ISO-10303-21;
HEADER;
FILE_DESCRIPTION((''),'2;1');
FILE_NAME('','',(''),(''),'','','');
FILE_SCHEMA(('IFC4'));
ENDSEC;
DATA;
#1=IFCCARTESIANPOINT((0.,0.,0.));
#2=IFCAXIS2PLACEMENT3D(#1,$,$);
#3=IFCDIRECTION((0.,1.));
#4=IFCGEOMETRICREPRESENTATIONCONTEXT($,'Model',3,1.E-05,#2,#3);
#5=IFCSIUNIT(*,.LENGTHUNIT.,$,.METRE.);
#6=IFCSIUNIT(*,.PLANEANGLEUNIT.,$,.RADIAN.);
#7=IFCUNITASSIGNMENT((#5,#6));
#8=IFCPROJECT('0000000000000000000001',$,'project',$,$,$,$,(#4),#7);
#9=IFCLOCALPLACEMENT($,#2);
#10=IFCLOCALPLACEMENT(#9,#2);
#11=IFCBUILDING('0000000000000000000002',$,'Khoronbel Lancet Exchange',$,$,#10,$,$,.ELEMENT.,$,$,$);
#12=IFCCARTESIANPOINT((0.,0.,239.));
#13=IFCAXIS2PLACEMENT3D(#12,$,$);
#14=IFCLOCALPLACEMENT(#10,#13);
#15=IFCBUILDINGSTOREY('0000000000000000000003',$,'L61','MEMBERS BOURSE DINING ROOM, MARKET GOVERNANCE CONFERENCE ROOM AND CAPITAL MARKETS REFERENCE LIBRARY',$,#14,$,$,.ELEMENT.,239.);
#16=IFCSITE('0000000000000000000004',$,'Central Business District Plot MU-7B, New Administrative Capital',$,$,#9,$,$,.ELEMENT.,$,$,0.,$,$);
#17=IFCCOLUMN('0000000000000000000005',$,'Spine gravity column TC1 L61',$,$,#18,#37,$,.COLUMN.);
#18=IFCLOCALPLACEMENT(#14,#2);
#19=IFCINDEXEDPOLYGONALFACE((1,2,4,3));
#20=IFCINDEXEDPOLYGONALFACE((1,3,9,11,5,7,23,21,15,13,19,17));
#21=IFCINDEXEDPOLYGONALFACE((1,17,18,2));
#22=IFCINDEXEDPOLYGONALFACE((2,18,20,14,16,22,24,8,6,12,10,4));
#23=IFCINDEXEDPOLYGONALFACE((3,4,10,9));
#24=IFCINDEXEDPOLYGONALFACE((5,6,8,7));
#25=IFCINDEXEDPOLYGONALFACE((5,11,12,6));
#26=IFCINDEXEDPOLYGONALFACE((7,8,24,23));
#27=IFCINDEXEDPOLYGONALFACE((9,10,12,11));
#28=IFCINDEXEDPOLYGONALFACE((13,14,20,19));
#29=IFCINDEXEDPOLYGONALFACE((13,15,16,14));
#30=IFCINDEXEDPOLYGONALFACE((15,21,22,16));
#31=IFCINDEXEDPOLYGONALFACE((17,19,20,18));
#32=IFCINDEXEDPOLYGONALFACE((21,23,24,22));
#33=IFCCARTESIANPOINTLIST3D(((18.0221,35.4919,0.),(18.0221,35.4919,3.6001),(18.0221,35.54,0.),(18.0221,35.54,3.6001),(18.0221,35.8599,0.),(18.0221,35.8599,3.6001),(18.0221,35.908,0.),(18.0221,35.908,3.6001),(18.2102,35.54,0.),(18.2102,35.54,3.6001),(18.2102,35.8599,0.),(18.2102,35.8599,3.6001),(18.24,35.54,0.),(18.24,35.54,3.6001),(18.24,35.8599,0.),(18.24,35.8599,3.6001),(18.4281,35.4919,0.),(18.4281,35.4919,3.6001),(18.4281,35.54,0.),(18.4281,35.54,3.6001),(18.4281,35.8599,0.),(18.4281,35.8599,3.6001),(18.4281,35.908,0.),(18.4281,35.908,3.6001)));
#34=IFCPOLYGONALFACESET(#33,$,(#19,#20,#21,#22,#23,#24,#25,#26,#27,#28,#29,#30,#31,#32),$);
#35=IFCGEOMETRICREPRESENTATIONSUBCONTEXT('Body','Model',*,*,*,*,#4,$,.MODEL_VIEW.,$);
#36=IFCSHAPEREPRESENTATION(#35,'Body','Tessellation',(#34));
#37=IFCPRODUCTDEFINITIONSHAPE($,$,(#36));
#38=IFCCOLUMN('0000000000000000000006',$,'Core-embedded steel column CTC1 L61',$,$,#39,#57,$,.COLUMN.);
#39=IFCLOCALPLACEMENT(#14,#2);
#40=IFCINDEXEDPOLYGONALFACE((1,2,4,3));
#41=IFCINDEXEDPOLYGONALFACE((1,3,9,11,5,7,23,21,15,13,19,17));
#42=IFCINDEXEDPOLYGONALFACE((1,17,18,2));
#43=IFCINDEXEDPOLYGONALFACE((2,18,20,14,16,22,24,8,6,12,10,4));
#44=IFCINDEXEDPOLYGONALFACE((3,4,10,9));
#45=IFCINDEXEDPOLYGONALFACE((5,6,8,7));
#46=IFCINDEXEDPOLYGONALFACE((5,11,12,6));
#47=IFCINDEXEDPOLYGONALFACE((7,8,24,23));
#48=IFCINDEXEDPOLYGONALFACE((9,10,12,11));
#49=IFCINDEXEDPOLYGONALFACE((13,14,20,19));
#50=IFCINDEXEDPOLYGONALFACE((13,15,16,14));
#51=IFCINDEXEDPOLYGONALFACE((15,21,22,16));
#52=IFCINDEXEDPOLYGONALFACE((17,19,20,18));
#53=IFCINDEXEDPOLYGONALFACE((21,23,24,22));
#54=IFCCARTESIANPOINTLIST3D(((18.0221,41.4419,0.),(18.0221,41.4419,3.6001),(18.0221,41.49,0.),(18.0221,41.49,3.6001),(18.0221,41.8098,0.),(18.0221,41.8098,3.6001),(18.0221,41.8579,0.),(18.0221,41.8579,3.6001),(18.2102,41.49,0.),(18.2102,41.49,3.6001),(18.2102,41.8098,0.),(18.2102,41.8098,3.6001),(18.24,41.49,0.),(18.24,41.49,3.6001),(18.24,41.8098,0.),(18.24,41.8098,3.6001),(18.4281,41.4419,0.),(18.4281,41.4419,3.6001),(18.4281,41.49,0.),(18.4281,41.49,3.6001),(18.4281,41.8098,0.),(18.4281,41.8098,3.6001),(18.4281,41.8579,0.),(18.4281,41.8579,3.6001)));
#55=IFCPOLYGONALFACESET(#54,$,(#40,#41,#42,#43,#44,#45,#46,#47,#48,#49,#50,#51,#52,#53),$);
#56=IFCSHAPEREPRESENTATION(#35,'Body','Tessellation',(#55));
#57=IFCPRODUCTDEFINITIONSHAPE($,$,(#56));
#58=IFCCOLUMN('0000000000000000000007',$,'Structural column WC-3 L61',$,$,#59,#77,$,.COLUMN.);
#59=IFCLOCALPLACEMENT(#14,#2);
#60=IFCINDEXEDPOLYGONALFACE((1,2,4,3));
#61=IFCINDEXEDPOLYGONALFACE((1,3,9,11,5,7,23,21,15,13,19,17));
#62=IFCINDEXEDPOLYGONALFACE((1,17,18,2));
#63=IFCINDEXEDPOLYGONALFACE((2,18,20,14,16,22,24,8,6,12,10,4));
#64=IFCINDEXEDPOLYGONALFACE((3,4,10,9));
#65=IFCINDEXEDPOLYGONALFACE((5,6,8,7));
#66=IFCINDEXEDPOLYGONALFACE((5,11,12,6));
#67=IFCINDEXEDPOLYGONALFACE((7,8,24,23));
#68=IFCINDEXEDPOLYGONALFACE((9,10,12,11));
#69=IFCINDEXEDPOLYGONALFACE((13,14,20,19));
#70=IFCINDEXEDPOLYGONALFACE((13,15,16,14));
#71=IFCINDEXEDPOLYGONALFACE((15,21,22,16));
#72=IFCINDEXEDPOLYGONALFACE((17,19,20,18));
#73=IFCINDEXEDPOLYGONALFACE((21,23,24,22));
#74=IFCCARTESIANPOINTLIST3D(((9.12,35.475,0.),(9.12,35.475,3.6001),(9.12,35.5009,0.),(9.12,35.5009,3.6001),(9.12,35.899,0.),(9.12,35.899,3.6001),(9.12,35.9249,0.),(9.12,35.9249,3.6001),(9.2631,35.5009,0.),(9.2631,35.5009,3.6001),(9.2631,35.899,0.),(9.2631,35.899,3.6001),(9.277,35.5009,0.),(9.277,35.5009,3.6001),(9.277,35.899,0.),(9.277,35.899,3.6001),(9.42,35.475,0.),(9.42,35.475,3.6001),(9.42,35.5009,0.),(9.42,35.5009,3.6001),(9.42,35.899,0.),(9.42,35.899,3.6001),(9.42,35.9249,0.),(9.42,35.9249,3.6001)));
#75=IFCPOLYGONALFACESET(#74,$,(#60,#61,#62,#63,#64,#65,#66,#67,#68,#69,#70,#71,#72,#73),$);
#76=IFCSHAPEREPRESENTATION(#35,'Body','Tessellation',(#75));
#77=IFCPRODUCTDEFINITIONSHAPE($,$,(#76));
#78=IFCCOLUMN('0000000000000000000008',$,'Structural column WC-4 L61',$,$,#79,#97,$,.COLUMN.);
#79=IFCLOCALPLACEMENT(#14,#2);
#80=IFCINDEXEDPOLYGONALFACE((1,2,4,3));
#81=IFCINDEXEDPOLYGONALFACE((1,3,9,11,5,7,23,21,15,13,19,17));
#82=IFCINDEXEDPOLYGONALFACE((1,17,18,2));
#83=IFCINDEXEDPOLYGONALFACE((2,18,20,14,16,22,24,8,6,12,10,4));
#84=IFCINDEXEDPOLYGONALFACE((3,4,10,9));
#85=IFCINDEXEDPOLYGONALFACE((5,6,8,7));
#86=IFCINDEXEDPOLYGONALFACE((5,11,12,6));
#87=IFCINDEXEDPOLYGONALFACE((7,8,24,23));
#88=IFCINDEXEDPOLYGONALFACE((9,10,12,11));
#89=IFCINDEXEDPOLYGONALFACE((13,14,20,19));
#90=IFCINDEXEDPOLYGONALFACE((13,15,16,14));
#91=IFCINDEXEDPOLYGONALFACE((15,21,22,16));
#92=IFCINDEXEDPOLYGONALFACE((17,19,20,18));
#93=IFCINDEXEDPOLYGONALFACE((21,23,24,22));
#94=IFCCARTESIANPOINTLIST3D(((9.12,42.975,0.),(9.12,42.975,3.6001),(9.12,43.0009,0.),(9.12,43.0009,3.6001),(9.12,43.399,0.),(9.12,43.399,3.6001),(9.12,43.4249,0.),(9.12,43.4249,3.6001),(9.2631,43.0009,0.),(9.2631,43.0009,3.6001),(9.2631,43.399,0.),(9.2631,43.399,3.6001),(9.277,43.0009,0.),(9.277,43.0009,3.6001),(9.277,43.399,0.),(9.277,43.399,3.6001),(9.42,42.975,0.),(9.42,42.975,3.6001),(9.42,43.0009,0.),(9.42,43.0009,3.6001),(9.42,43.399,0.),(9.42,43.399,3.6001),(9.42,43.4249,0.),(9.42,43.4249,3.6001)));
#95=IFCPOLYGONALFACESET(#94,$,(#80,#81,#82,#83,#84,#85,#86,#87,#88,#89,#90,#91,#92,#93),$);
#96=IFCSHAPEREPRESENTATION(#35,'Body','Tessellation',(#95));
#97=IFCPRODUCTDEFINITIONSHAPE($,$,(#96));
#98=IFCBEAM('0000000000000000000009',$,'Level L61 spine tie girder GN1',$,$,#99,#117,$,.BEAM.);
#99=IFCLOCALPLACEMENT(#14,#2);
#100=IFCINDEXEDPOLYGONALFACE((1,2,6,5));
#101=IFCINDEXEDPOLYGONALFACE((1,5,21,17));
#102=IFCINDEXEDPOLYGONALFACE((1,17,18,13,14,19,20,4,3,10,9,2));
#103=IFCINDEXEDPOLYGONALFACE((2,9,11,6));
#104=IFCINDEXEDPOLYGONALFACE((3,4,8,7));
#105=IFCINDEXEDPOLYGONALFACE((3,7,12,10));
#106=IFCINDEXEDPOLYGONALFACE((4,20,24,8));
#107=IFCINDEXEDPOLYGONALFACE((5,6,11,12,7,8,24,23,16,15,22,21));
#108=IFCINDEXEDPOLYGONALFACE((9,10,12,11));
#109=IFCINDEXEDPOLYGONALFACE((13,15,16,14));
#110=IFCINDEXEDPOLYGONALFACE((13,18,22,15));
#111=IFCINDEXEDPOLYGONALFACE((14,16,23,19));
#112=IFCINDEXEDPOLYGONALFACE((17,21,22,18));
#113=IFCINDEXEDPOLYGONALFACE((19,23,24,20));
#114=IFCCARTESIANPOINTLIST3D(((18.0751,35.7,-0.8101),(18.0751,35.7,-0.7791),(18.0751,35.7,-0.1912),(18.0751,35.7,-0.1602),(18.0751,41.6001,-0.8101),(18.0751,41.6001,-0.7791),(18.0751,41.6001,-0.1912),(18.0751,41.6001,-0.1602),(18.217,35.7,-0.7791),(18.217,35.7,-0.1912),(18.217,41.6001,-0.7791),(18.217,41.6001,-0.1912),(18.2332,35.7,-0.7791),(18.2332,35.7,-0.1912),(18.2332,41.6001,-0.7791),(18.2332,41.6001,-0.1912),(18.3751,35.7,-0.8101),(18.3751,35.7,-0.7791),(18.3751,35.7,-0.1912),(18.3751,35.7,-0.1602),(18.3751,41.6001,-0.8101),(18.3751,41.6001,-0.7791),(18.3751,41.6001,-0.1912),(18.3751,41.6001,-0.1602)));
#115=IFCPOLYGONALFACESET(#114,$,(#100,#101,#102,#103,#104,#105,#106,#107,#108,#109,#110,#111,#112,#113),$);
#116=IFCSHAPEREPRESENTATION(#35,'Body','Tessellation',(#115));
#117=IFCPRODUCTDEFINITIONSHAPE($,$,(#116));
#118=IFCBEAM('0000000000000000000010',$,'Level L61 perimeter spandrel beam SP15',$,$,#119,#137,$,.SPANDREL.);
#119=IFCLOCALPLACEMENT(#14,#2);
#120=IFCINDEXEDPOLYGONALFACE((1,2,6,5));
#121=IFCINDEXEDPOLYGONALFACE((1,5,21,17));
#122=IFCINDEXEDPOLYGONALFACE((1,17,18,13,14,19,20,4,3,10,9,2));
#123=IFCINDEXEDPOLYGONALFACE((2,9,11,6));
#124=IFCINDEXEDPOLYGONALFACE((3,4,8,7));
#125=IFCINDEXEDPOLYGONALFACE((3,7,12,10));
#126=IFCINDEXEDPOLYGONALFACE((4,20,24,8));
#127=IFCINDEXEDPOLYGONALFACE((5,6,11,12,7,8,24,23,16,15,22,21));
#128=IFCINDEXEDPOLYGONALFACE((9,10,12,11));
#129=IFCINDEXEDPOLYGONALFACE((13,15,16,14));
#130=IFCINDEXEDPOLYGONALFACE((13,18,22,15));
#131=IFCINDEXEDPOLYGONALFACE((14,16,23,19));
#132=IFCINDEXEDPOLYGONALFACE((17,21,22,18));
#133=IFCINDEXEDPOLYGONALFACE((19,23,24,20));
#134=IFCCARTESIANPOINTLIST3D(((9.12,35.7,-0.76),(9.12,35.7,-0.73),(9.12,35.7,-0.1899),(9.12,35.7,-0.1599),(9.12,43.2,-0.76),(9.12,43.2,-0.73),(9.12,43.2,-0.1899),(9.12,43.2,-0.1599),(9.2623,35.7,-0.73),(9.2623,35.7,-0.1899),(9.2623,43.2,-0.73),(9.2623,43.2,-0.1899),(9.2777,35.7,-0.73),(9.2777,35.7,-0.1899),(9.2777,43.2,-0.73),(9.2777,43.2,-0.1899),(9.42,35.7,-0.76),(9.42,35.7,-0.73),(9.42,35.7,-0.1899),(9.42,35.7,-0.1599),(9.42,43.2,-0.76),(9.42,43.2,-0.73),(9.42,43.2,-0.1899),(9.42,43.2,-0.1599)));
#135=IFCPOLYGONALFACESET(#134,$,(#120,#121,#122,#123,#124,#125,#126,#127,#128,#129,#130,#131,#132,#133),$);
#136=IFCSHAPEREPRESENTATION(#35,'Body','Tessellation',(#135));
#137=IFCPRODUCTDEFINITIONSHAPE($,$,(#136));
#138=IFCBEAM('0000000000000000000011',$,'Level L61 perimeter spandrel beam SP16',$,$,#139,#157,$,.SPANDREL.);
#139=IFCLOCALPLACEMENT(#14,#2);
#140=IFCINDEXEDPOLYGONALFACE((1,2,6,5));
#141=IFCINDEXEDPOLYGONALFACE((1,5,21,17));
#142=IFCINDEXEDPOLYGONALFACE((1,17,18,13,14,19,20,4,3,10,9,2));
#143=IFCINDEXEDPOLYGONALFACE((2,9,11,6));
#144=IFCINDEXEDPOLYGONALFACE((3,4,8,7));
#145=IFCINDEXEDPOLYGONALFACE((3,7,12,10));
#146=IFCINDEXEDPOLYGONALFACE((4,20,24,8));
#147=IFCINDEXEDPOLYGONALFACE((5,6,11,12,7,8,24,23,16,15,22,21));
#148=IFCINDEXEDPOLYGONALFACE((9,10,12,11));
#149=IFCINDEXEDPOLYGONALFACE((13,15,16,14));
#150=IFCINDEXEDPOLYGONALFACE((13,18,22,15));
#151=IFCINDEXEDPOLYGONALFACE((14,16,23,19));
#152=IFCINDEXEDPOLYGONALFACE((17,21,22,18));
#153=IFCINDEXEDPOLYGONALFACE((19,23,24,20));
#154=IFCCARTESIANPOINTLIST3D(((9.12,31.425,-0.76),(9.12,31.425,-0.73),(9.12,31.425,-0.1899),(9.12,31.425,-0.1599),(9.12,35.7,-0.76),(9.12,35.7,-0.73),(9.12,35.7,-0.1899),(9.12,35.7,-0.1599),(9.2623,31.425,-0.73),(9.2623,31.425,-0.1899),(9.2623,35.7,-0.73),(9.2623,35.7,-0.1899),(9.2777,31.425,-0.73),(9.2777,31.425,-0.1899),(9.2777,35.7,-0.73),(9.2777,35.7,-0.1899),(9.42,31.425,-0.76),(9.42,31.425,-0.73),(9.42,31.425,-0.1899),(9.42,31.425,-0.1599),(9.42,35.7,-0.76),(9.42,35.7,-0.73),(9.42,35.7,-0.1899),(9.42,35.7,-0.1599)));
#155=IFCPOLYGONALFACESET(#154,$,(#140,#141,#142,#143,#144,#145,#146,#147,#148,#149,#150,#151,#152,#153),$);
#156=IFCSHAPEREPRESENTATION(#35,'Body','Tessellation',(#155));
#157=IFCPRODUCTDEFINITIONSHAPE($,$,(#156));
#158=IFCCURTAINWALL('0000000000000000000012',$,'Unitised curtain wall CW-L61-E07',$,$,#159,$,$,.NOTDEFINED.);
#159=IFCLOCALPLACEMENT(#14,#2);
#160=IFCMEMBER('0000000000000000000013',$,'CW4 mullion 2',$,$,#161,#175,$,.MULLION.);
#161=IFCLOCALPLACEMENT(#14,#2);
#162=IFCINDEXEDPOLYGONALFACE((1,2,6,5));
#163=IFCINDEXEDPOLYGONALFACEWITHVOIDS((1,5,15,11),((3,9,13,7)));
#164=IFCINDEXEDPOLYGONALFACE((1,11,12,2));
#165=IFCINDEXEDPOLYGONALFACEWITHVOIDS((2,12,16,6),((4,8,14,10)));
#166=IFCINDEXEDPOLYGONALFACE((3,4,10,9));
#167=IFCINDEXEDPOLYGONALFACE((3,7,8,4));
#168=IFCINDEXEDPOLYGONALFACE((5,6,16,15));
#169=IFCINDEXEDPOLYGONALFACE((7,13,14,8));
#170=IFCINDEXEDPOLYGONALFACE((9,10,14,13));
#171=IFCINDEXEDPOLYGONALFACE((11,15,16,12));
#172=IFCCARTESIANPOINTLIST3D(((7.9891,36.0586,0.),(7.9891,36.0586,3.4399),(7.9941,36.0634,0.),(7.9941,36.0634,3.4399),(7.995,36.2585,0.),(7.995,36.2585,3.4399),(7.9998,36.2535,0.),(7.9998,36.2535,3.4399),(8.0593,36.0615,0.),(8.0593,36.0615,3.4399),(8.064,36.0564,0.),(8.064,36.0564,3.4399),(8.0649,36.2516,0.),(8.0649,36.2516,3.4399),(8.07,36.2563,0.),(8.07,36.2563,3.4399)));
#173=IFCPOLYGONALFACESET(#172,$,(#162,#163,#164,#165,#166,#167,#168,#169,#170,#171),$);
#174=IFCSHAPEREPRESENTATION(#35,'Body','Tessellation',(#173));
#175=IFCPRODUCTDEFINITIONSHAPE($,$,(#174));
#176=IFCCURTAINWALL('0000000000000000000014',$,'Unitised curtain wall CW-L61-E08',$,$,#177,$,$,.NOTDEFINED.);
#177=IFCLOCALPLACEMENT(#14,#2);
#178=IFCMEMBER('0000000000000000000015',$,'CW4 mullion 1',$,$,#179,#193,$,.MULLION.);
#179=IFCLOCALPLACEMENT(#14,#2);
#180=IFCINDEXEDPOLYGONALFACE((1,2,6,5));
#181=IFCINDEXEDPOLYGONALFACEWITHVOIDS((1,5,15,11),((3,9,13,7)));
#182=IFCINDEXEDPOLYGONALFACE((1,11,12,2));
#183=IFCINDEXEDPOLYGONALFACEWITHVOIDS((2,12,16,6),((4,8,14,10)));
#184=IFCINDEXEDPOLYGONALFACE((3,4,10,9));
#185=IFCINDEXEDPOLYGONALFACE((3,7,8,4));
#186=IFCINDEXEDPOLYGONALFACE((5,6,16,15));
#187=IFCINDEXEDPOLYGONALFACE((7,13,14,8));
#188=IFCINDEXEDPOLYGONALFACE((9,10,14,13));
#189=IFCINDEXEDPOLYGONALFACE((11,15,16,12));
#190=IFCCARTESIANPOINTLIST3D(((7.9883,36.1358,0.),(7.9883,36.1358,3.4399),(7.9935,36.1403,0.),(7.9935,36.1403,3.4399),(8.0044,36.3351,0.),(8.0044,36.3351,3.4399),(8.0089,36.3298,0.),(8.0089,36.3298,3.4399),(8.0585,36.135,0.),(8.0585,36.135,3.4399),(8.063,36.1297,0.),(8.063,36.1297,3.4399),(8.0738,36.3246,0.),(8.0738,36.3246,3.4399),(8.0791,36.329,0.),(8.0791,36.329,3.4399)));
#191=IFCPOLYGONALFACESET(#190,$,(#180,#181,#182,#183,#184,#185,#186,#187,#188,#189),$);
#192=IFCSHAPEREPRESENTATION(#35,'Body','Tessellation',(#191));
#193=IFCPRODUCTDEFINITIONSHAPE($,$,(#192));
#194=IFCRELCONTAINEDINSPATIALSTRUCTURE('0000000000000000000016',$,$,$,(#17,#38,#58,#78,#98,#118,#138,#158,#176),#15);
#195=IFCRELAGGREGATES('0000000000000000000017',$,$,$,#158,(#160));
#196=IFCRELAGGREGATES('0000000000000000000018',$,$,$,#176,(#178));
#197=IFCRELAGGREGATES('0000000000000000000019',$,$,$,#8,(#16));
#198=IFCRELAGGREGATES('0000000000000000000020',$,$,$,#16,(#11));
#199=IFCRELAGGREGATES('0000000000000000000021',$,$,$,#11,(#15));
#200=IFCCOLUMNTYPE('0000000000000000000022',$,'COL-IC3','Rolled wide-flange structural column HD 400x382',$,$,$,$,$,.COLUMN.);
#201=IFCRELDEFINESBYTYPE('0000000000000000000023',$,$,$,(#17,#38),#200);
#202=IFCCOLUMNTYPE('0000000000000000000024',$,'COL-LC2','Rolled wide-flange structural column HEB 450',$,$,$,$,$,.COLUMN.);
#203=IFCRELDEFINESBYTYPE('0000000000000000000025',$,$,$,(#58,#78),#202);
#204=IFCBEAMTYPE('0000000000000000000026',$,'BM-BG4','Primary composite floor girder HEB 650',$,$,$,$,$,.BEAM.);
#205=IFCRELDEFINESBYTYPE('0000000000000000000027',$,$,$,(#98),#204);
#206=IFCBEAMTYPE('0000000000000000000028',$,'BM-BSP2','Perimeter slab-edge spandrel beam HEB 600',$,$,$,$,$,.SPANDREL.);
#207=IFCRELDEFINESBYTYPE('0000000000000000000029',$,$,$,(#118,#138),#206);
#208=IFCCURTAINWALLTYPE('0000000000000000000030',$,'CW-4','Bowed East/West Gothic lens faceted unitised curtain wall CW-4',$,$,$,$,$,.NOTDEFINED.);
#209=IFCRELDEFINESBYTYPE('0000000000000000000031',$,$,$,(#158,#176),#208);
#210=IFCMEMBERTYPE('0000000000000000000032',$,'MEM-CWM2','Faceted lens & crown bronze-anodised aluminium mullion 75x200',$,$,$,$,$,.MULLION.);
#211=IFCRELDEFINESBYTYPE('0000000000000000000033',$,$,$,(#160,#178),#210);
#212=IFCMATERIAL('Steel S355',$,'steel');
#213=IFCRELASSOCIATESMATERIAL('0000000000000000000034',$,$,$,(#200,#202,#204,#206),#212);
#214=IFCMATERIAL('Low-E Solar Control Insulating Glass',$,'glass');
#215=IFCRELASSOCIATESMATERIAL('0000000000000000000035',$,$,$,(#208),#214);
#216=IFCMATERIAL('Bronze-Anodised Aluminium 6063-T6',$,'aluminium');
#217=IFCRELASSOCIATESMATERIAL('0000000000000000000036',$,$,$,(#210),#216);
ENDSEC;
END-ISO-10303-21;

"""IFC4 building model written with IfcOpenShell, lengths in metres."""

from ifc_helpers import new_model, si_unit, direction, frame, origin, origin_2d, place, context, subcontext, project, spatial, hollow_rectangle, i_section, extrude, material, material_profile, profile_set, type_object, element, aggregate, save


model = new_model("IFC4")

# Units and contexts
model_context = context("Model", 3, precision=1e-05, world=origin(), true_north=direction((0.0, 1.0)))
body_context = subcontext(model_context, "Body", "Model", "MODEL_VIEW")
ifc_project = project(units=[si_unit("LENGTHUNIT", "METRE"), si_unit("PLANEANGLEUNIT", "RADIAN")], contexts=[model_context])

# Site, building, storey
site_placement = place(None, origin())
site = spatial("IfcSite", under=ifc_project, at=site_placement, Name="Central Business District Plot MU-7B, New Administrative Capital", CompositionType="ELEMENT", RefElevation=0.0)
building_placement = place(site_placement, origin())
building = spatial("IfcBuilding", under=site, at=building_placement, Name="Khoronbel Lancet Exchange", CompositionType="ELEMENT")
storey_placement = place(building_placement, frame((0.0, 0.0, 239.0)))
storey = spatial("IfcBuildingStorey", under=building, at=storey_placement, Name="L61", Description="MEMBERS BOURSE DINING ROOM, MARKET GOVERNANCE CONFERENCE ROOM AND CAPITAL MARKETS REFERENCE LIBRARY", CompositionType="ELEMENT", Elevation=239.0)

# Columns
ifc_material_1 = material(Name="Steel S355", Category="steel")
ifc_material_profile_1 = material_profile(ifc_material_1, i_section(OverallWidth=0.406, OverallDepth=0.416, WebThickness=0.0298, FlangeThickness=0.0481, at=origin_2d()), Name="HD 400x382")
ifc_profile_set_1 = profile_set([ifc_material_profile_1], Name="Steel S355")
column_type_1 = type_object("IfcColumnType", Name="COL-IC3", Description="Rolled wide-flange structural column HD 400x382", PredefinedType="COLUMN", material=ifc_profile_set_1)
for number, where, z_axis, x_axis, name in (
    (1, (18.2251, 35.7, 0.0), (0.0, 0.0, 1.0), (1.0, 0.0, 0.0), "Spine gravity column TC1 L61"),
    (2, (18.2251, 41.6499, 0.0), (0.0, 0.0, 1.0), (1.0, 0.0, 0.0), "Core-embedded steel column CTC1 L61"),
):
    element("IfcColumn", number, at=place(storey_placement, frame(where, z_axis=z_axis, x_axis=x_axis)), inside=storey, type_object=column_type_1, Name=name, PredefinedType="COLUMN", context=body_context, shape_type="SweptSolid", body=[
        extrude(i_section(OverallWidth=0.406, OverallDepth=0.416, WebThickness=0.0298, FlangeThickness=0.0481, at=origin_2d()), origin(), (0.0, 0.0, 1.0), 3.6001),
    ])
ifc_material_profile_2 = material_profile(ifc_material_1, i_section(OverallWidth=0.3, OverallDepth=0.45, WebThickness=0.0139, FlangeThickness=0.0259, at=origin_2d()), Name="HEB 450")
ifc_profile_set_2 = profile_set([ifc_material_profile_2], Name="Steel S355")
column_type_2 = type_object("IfcColumnType", Name="COL-LC2", Description="Rolled wide-flange structural column HEB 450", PredefinedType="COLUMN", material=ifc_profile_set_2)
for number, where, z_axis, x_axis, name in (
    (3, (9.27, 35.7, 0.0), (0.0, 0.0, 1.0), (1.0, 0.0, 0.0), "Structural column WC-3 L61"),
    (4, (9.27, 43.2, 0.0), (0.0, 0.0, 1.0), (1.0, 0.0, 0.0), "Structural column WC-4 L61"),
):
    element("IfcColumn", number, at=place(storey_placement, frame(where, z_axis=z_axis, x_axis=x_axis)), inside=storey, type_object=column_type_2, Name=name, PredefinedType="COLUMN", context=body_context, shape_type="SweptSolid", body=[
        extrude(i_section(OverallWidth=0.3, OverallDepth=0.45, WebThickness=0.0139, FlangeThickness=0.0259, at=origin_2d()), origin(), (0.0, 0.0, 1.0), 3.6001),
    ])

# Beams
ifc_material_profile_3 = material_profile(ifc_material_1, i_section(OverallWidth=0.3, OverallDepth=0.6499, WebThickness=0.0161, FlangeThickness=0.031, at=origin_2d()), Name="HEB 650")
ifc_profile_set_3 = profile_set([ifc_material_profile_3], Name="Steel S355")
beam_type_1 = type_object("IfcBeamType", Name="BM-BG4", Description="Primary composite floor girder HEB 650", PredefinedType="BEAM", material=ifc_profile_set_3)
beam_1_placement = place(storey_placement, frame((18.2251, 35.7, -0.4851), z_axis=(0.0, 1.0, 0.0), x_axis=(-1.0, 0.0, 0.0)))
element("IfcBeam", 5, at=beam_1_placement, inside=storey, type_object=beam_type_1, Name="Level L61 spine tie girder GN1", PredefinedType="BEAM", context=body_context, shape_type="SweptSolid", body=[
    extrude(i_section(OverallWidth=0.3, OverallDepth=0.6499, WebThickness=0.0161, FlangeThickness=0.031, at=origin_2d()), origin(), (0.0, 0.0, 1.0), 5.9001),
])
ifc_material_profile_4 = material_profile(ifc_material_1, i_section(OverallWidth=0.3, OverallDepth=0.6001, WebThickness=0.0154, FlangeThickness=0.03, at=origin_2d()), Name="HEB 600")
ifc_profile_set_4 = profile_set([ifc_material_profile_4], Name="Steel S355")
beam_type_2 = type_object("IfcBeamType", Name="BM-BSP2", Description="Perimeter slab-edge spandrel beam HEB 600", PredefinedType="SPANDREL", material=ifc_profile_set_4)
beam_2_placement = place(storey_placement, frame((9.27, 43.2, -0.46), z_axis=(0.0, -1.0, 0.0), x_axis=(1.0, 0.0, 0.0)))
element("IfcBeam", 6, at=beam_2_placement, inside=storey, type_object=beam_type_2, Name="Level L61 perimeter spandrel beam SP15", PredefinedType="SPANDREL", context=body_context, shape_type="SweptSolid", body=[
    extrude(i_section(OverallWidth=0.3, OverallDepth=0.6001, WebThickness=0.0154, FlangeThickness=0.03, at=origin_2d()), origin(), (0.0, 0.0, 1.0), 7.5),
])
beam_3_placement = place(storey_placement, frame((9.27, 35.7, -0.46), z_axis=(0.0, -1.0, 0.0), x_axis=(1.0, 0.0, 0.0)))
element("IfcBeam", 7, at=beam_3_placement, inside=storey, type_object=beam_type_2, Name="Level L61 perimeter spandrel beam SP16", PredefinedType="SPANDREL", context=body_context, shape_type="SweptSolid", body=[
    extrude(i_section(OverallWidth=0.3, OverallDepth=0.6001, WebThickness=0.0154, FlangeThickness=0.03, at=origin_2d()), origin(), (0.0, 0.0, 1.0), 4.2749),
])

# Curtain wall, member
ifc_material_2 = material(Name="Low-E Solar Control Insulating Glass", Category="glass")
curtain_wall_type = type_object("IfcCurtainWallType", Name="CW-4", Description="Bowed East/West Gothic lens faceted unitised curtain wall CW-4", PredefinedType="NOTDEFINED", material=ifc_material_2)
curtain_wall_1_placement = place(storey_placement, origin())
curtain_wall_1 = element("IfcCurtainWall", 8, at=curtain_wall_1_placement, inside=storey, type_object=curtain_wall_type, Name="Unitised curtain wall CW-L61-E07", PredefinedType="NOTDEFINED")
ifc_material_3 = material(Name="Bronze-Anodised Aluminium 6063-T6", Category="aluminium")
ifc_material_profile_5 = material_profile(ifc_material_3, hollow_rectangle(XDim=0.075, YDim=0.2, WallThickness=0.0049, at=origin_2d()), Name="ALU MULLION 75x200")
ifc_profile_set_5 = profile_set([ifc_material_profile_5], Name="Bronze-Anodised Aluminium 6063-T6")
member_type_1 = type_object("IfcMemberType", Name="MEM-CWM2", Description="Faceted lens & crown bronze-anodised aluminium mullion 75x200", PredefinedType="MULLION", material=ifc_profile_set_5)
member_1_placement = place(storey_placement, frame((8.0295, 36.1575, 0.0), z_axis=(0.0, 0.0, 1.0), x_axis=(-0.999561, 0.029618, 0.0)))
member_1 = element("IfcMember", 9, at=member_1_placement, type_object=member_type_1, Name="CW4 mullion 2", PredefinedType="MULLION", context=body_context, shape_type="SweptSolid", body=[
    extrude(hollow_rectangle(XDim=0.075, YDim=0.2, WallThickness=0.0049, at=origin_2d()), origin(), (0.0, 0.0, 1.0), 3.4399),
])

# Curtain wall, member
curtain_wall_2_placement = place(storey_placement, origin())
curtain_wall_2 = element("IfcCurtainWall", 10, at=curtain_wall_2_placement, inside=storey, type_object=curtain_wall_type, Name="Unitised curtain wall CW-L61-E08", PredefinedType="NOTDEFINED")
member_2_placement = place(storey_placement, frame((8.0337, 36.2324, 0.0), z_axis=(0.0, 0.0, 1.0), x_axis=(-0.996743, 0.08064, 0.0)))
member_2 = element("IfcMember", 11, at=member_2_placement, type_object=member_type_1, Name="CW4 mullion 1", PredefinedType="MULLION", context=body_context, shape_type="SweptSolid", body=[
    extrude(hollow_rectangle(XDim=0.075, YDim=0.2, WallThickness=0.0049, at=origin_2d()), origin(), (0.0, 0.0, 1.0), 3.4399),
])

aggregate(curtain_wall_1, [member_1])
aggregate(curtain_wall_2, [member_2])

save(model, "model.ifc")
